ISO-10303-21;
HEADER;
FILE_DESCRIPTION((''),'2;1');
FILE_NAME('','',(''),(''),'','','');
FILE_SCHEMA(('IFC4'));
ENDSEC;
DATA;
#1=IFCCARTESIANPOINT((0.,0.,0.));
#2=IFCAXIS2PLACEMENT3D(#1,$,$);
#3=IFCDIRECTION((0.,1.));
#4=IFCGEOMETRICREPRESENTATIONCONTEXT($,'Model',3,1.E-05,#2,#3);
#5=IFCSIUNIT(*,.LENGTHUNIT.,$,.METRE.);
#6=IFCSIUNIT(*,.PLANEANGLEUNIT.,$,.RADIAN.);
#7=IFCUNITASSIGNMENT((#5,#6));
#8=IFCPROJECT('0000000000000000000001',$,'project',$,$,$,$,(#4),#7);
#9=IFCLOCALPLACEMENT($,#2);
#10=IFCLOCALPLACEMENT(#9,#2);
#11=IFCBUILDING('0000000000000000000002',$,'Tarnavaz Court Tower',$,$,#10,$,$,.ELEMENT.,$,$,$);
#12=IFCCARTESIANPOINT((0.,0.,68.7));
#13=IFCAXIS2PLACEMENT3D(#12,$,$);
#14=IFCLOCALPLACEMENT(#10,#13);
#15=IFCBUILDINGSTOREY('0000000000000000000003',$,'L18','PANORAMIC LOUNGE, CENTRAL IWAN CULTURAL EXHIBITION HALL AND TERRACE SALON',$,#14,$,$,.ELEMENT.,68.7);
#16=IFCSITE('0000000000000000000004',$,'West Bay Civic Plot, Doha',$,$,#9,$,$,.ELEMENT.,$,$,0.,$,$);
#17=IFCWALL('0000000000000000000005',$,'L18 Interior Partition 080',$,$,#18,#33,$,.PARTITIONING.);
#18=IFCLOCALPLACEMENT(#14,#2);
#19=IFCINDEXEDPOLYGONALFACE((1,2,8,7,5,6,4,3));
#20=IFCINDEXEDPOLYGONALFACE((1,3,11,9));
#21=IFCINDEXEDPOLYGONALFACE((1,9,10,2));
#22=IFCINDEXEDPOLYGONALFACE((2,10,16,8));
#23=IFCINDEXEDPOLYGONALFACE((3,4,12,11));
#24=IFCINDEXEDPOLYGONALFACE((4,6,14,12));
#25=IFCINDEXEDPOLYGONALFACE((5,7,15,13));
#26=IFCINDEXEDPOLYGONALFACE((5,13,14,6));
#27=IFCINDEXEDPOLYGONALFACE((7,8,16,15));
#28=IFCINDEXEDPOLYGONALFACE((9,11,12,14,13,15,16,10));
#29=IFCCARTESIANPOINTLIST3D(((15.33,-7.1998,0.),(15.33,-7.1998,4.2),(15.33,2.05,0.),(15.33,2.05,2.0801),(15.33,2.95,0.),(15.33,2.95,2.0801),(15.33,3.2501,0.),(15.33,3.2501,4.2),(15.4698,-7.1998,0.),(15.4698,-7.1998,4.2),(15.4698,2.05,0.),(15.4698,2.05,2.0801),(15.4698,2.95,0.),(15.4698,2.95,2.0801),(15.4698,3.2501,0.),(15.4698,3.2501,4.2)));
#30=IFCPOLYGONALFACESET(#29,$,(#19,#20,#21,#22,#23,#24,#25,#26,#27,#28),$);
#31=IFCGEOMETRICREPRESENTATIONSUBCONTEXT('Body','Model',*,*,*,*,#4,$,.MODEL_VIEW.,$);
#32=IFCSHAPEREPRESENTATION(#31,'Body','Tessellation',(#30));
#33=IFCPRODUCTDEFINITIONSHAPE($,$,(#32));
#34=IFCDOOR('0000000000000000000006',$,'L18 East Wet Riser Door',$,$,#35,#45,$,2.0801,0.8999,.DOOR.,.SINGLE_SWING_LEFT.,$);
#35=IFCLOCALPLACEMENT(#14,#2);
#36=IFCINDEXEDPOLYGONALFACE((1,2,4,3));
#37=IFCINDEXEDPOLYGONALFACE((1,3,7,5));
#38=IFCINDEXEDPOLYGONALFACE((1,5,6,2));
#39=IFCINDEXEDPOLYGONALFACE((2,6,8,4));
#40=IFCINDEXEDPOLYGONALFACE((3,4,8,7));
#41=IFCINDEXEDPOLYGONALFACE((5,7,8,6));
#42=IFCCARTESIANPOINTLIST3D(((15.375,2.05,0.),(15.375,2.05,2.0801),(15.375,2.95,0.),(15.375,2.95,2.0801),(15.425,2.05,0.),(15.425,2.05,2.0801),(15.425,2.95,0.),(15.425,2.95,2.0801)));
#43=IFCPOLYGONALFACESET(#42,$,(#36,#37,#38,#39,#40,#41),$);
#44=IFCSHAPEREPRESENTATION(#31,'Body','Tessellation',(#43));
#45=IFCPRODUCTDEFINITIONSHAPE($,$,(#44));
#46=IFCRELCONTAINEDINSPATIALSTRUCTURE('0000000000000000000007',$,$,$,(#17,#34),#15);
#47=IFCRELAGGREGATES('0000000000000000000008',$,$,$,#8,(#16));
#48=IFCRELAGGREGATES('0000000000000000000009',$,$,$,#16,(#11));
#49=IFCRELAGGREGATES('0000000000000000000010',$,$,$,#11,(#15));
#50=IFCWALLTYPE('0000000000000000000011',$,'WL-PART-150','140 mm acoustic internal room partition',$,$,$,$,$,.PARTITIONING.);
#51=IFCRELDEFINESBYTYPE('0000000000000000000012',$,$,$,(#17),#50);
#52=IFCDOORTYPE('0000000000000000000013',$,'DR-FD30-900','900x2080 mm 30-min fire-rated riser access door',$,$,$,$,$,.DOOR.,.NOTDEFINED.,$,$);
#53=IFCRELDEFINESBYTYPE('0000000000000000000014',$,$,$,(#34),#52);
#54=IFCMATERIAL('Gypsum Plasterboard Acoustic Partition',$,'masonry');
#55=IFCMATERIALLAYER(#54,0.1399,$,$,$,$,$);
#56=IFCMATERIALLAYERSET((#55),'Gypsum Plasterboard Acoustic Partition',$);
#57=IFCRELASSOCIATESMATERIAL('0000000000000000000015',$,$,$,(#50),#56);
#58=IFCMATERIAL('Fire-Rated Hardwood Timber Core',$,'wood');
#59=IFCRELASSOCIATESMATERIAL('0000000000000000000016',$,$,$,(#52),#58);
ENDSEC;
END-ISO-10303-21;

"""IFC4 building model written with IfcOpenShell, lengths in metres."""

from ifc_helpers import new_model, si_unit, direction, frame, frame_2d, origin, place, context, subcontext, project, spatial, rectangle, extrude, material, layer, layer_set, type_object, element, fill, save


model = new_model("IFC4")

# Units and contexts
model_context = context("Model", 3, precision=1e-05, world=origin(), true_north=direction((0.0, 1.0)))
body_context = subcontext(model_context, "Body", "Model", "MODEL_VIEW")
ifc_project = project(units=[si_unit("LENGTHUNIT", "METRE"), si_unit("PLANEANGLEUNIT", "RADIAN")], contexts=[model_context])

# Site, building, storey
site_placement = place(None, origin())
site = spatial("IfcSite", under=ifc_project, at=site_placement, Name="West Bay Civic Plot, Doha", CompositionType="ELEMENT", RefElevation=0.0)
building_placement = place(site_placement, origin())
building = spatial("IfcBuilding", under=site, at=building_placement, Name="Tarnavaz Court Tower", CompositionType="ELEMENT")
storey_placement = place(building_placement, frame((0.0, 0.0, 68.7)))
storey = spatial("IfcBuildingStorey", under=building, at=storey_placement, Name="L18", Description="PANORAMIC LOUNGE, CENTRAL IWAN CULTURAL EXHIBITION HALL AND TERRACE SALON", CompositionType="ELEMENT", Elevation=68.7)

# Wall, opening, door
ifc_material_1 = material(Name="Gypsum Plasterboard Acoustic Partition", Category="masonry")
ifc_layer_1 = layer(ifc_material_1, 0.1399)
ifc_layer_set_1 = layer_set([ifc_layer_1], Name="Gypsum Plasterboard Acoustic Partition")
wall_type_1 = type_object("IfcWallType", Name="WL-PART-150", Description="140 mm acoustic internal room partition", PredefinedType="PARTITIONING", material=ifc_layer_set_1)
wall_1_placement = place(storey_placement, frame((15.3999, -7.2, 0.0), z_axis=(0.0, 0.0, 1.0), x_axis=(0.0, 1.0, 0.0)))
wall_1 = element("IfcWall", 1, at=wall_1_placement, inside=storey, type_object=wall_type_1, Name="L18 Interior Partition 080", PredefinedType="PARTITIONING", context=body_context, shape_type="SweptSolid", body=[
    extrude(rectangle(XDim=10.45, YDim=0.1399, at=frame_2d((5.2251, 0.0))), origin(), (0.0, 0.0, 1.0), 4.2),
])
opening_1_placement = place(wall_1_placement, frame((9.25, 0.0, 0.0)))
opening_1 = element("IfcOpeningElement", 2, at=opening_1_placement, cuts=wall_1, PredefinedType="OPENING", context=body_context, shape_type="SweptSolid", body=[
    extrude(rectangle(XDim=0.8999, YDim=2.0801, at=frame_2d((0.45, 1.04))), frame((0.0, 0.0798, 0.0), z_axis=(0.0, -1.0, 0.0), x_axis=(1.0, 0.0, 0.0)), (0.0, 0.0, 1.0), 0.1599),
])
ifc_material_2 = material(Name="Fire-Rated Hardwood Timber Core", Category="wood")
door_type_1 = type_object("IfcDoorType", Name="DR-FD30-900", Description="900x2080 mm 30-min fire-rated riser access door", OperationType="NOTDEFINED", PredefinedType="DOOR", material=ifc_material_2)
door_1_placement = place(opening_1_placement, origin())
door_1 = element("IfcDoor", 3, at=door_1_placement, inside=storey, type_object=door_type_1, Name="L18 East Wet Riser Door", OperationType="SINGLE_SWING_LEFT", OverallHeight=2.0801, OverallWidth=0.8999, PredefinedType="DOOR", context=body_context, shape_type="SweptSolid", body=[
    extrude(rectangle(XDim=0.8999, YDim=2.0801, at=frame_2d((0.45, 1.04))), frame((0.0, 0.0249, 0.0), z_axis=(0.0, -1.0, 0.0), x_axis=(1.0, 0.0, 0.0)), (0.0, 0.0, 1.0), 0.05),
])
fill(opening_1, door_1)

save(model, "model.ifc")
